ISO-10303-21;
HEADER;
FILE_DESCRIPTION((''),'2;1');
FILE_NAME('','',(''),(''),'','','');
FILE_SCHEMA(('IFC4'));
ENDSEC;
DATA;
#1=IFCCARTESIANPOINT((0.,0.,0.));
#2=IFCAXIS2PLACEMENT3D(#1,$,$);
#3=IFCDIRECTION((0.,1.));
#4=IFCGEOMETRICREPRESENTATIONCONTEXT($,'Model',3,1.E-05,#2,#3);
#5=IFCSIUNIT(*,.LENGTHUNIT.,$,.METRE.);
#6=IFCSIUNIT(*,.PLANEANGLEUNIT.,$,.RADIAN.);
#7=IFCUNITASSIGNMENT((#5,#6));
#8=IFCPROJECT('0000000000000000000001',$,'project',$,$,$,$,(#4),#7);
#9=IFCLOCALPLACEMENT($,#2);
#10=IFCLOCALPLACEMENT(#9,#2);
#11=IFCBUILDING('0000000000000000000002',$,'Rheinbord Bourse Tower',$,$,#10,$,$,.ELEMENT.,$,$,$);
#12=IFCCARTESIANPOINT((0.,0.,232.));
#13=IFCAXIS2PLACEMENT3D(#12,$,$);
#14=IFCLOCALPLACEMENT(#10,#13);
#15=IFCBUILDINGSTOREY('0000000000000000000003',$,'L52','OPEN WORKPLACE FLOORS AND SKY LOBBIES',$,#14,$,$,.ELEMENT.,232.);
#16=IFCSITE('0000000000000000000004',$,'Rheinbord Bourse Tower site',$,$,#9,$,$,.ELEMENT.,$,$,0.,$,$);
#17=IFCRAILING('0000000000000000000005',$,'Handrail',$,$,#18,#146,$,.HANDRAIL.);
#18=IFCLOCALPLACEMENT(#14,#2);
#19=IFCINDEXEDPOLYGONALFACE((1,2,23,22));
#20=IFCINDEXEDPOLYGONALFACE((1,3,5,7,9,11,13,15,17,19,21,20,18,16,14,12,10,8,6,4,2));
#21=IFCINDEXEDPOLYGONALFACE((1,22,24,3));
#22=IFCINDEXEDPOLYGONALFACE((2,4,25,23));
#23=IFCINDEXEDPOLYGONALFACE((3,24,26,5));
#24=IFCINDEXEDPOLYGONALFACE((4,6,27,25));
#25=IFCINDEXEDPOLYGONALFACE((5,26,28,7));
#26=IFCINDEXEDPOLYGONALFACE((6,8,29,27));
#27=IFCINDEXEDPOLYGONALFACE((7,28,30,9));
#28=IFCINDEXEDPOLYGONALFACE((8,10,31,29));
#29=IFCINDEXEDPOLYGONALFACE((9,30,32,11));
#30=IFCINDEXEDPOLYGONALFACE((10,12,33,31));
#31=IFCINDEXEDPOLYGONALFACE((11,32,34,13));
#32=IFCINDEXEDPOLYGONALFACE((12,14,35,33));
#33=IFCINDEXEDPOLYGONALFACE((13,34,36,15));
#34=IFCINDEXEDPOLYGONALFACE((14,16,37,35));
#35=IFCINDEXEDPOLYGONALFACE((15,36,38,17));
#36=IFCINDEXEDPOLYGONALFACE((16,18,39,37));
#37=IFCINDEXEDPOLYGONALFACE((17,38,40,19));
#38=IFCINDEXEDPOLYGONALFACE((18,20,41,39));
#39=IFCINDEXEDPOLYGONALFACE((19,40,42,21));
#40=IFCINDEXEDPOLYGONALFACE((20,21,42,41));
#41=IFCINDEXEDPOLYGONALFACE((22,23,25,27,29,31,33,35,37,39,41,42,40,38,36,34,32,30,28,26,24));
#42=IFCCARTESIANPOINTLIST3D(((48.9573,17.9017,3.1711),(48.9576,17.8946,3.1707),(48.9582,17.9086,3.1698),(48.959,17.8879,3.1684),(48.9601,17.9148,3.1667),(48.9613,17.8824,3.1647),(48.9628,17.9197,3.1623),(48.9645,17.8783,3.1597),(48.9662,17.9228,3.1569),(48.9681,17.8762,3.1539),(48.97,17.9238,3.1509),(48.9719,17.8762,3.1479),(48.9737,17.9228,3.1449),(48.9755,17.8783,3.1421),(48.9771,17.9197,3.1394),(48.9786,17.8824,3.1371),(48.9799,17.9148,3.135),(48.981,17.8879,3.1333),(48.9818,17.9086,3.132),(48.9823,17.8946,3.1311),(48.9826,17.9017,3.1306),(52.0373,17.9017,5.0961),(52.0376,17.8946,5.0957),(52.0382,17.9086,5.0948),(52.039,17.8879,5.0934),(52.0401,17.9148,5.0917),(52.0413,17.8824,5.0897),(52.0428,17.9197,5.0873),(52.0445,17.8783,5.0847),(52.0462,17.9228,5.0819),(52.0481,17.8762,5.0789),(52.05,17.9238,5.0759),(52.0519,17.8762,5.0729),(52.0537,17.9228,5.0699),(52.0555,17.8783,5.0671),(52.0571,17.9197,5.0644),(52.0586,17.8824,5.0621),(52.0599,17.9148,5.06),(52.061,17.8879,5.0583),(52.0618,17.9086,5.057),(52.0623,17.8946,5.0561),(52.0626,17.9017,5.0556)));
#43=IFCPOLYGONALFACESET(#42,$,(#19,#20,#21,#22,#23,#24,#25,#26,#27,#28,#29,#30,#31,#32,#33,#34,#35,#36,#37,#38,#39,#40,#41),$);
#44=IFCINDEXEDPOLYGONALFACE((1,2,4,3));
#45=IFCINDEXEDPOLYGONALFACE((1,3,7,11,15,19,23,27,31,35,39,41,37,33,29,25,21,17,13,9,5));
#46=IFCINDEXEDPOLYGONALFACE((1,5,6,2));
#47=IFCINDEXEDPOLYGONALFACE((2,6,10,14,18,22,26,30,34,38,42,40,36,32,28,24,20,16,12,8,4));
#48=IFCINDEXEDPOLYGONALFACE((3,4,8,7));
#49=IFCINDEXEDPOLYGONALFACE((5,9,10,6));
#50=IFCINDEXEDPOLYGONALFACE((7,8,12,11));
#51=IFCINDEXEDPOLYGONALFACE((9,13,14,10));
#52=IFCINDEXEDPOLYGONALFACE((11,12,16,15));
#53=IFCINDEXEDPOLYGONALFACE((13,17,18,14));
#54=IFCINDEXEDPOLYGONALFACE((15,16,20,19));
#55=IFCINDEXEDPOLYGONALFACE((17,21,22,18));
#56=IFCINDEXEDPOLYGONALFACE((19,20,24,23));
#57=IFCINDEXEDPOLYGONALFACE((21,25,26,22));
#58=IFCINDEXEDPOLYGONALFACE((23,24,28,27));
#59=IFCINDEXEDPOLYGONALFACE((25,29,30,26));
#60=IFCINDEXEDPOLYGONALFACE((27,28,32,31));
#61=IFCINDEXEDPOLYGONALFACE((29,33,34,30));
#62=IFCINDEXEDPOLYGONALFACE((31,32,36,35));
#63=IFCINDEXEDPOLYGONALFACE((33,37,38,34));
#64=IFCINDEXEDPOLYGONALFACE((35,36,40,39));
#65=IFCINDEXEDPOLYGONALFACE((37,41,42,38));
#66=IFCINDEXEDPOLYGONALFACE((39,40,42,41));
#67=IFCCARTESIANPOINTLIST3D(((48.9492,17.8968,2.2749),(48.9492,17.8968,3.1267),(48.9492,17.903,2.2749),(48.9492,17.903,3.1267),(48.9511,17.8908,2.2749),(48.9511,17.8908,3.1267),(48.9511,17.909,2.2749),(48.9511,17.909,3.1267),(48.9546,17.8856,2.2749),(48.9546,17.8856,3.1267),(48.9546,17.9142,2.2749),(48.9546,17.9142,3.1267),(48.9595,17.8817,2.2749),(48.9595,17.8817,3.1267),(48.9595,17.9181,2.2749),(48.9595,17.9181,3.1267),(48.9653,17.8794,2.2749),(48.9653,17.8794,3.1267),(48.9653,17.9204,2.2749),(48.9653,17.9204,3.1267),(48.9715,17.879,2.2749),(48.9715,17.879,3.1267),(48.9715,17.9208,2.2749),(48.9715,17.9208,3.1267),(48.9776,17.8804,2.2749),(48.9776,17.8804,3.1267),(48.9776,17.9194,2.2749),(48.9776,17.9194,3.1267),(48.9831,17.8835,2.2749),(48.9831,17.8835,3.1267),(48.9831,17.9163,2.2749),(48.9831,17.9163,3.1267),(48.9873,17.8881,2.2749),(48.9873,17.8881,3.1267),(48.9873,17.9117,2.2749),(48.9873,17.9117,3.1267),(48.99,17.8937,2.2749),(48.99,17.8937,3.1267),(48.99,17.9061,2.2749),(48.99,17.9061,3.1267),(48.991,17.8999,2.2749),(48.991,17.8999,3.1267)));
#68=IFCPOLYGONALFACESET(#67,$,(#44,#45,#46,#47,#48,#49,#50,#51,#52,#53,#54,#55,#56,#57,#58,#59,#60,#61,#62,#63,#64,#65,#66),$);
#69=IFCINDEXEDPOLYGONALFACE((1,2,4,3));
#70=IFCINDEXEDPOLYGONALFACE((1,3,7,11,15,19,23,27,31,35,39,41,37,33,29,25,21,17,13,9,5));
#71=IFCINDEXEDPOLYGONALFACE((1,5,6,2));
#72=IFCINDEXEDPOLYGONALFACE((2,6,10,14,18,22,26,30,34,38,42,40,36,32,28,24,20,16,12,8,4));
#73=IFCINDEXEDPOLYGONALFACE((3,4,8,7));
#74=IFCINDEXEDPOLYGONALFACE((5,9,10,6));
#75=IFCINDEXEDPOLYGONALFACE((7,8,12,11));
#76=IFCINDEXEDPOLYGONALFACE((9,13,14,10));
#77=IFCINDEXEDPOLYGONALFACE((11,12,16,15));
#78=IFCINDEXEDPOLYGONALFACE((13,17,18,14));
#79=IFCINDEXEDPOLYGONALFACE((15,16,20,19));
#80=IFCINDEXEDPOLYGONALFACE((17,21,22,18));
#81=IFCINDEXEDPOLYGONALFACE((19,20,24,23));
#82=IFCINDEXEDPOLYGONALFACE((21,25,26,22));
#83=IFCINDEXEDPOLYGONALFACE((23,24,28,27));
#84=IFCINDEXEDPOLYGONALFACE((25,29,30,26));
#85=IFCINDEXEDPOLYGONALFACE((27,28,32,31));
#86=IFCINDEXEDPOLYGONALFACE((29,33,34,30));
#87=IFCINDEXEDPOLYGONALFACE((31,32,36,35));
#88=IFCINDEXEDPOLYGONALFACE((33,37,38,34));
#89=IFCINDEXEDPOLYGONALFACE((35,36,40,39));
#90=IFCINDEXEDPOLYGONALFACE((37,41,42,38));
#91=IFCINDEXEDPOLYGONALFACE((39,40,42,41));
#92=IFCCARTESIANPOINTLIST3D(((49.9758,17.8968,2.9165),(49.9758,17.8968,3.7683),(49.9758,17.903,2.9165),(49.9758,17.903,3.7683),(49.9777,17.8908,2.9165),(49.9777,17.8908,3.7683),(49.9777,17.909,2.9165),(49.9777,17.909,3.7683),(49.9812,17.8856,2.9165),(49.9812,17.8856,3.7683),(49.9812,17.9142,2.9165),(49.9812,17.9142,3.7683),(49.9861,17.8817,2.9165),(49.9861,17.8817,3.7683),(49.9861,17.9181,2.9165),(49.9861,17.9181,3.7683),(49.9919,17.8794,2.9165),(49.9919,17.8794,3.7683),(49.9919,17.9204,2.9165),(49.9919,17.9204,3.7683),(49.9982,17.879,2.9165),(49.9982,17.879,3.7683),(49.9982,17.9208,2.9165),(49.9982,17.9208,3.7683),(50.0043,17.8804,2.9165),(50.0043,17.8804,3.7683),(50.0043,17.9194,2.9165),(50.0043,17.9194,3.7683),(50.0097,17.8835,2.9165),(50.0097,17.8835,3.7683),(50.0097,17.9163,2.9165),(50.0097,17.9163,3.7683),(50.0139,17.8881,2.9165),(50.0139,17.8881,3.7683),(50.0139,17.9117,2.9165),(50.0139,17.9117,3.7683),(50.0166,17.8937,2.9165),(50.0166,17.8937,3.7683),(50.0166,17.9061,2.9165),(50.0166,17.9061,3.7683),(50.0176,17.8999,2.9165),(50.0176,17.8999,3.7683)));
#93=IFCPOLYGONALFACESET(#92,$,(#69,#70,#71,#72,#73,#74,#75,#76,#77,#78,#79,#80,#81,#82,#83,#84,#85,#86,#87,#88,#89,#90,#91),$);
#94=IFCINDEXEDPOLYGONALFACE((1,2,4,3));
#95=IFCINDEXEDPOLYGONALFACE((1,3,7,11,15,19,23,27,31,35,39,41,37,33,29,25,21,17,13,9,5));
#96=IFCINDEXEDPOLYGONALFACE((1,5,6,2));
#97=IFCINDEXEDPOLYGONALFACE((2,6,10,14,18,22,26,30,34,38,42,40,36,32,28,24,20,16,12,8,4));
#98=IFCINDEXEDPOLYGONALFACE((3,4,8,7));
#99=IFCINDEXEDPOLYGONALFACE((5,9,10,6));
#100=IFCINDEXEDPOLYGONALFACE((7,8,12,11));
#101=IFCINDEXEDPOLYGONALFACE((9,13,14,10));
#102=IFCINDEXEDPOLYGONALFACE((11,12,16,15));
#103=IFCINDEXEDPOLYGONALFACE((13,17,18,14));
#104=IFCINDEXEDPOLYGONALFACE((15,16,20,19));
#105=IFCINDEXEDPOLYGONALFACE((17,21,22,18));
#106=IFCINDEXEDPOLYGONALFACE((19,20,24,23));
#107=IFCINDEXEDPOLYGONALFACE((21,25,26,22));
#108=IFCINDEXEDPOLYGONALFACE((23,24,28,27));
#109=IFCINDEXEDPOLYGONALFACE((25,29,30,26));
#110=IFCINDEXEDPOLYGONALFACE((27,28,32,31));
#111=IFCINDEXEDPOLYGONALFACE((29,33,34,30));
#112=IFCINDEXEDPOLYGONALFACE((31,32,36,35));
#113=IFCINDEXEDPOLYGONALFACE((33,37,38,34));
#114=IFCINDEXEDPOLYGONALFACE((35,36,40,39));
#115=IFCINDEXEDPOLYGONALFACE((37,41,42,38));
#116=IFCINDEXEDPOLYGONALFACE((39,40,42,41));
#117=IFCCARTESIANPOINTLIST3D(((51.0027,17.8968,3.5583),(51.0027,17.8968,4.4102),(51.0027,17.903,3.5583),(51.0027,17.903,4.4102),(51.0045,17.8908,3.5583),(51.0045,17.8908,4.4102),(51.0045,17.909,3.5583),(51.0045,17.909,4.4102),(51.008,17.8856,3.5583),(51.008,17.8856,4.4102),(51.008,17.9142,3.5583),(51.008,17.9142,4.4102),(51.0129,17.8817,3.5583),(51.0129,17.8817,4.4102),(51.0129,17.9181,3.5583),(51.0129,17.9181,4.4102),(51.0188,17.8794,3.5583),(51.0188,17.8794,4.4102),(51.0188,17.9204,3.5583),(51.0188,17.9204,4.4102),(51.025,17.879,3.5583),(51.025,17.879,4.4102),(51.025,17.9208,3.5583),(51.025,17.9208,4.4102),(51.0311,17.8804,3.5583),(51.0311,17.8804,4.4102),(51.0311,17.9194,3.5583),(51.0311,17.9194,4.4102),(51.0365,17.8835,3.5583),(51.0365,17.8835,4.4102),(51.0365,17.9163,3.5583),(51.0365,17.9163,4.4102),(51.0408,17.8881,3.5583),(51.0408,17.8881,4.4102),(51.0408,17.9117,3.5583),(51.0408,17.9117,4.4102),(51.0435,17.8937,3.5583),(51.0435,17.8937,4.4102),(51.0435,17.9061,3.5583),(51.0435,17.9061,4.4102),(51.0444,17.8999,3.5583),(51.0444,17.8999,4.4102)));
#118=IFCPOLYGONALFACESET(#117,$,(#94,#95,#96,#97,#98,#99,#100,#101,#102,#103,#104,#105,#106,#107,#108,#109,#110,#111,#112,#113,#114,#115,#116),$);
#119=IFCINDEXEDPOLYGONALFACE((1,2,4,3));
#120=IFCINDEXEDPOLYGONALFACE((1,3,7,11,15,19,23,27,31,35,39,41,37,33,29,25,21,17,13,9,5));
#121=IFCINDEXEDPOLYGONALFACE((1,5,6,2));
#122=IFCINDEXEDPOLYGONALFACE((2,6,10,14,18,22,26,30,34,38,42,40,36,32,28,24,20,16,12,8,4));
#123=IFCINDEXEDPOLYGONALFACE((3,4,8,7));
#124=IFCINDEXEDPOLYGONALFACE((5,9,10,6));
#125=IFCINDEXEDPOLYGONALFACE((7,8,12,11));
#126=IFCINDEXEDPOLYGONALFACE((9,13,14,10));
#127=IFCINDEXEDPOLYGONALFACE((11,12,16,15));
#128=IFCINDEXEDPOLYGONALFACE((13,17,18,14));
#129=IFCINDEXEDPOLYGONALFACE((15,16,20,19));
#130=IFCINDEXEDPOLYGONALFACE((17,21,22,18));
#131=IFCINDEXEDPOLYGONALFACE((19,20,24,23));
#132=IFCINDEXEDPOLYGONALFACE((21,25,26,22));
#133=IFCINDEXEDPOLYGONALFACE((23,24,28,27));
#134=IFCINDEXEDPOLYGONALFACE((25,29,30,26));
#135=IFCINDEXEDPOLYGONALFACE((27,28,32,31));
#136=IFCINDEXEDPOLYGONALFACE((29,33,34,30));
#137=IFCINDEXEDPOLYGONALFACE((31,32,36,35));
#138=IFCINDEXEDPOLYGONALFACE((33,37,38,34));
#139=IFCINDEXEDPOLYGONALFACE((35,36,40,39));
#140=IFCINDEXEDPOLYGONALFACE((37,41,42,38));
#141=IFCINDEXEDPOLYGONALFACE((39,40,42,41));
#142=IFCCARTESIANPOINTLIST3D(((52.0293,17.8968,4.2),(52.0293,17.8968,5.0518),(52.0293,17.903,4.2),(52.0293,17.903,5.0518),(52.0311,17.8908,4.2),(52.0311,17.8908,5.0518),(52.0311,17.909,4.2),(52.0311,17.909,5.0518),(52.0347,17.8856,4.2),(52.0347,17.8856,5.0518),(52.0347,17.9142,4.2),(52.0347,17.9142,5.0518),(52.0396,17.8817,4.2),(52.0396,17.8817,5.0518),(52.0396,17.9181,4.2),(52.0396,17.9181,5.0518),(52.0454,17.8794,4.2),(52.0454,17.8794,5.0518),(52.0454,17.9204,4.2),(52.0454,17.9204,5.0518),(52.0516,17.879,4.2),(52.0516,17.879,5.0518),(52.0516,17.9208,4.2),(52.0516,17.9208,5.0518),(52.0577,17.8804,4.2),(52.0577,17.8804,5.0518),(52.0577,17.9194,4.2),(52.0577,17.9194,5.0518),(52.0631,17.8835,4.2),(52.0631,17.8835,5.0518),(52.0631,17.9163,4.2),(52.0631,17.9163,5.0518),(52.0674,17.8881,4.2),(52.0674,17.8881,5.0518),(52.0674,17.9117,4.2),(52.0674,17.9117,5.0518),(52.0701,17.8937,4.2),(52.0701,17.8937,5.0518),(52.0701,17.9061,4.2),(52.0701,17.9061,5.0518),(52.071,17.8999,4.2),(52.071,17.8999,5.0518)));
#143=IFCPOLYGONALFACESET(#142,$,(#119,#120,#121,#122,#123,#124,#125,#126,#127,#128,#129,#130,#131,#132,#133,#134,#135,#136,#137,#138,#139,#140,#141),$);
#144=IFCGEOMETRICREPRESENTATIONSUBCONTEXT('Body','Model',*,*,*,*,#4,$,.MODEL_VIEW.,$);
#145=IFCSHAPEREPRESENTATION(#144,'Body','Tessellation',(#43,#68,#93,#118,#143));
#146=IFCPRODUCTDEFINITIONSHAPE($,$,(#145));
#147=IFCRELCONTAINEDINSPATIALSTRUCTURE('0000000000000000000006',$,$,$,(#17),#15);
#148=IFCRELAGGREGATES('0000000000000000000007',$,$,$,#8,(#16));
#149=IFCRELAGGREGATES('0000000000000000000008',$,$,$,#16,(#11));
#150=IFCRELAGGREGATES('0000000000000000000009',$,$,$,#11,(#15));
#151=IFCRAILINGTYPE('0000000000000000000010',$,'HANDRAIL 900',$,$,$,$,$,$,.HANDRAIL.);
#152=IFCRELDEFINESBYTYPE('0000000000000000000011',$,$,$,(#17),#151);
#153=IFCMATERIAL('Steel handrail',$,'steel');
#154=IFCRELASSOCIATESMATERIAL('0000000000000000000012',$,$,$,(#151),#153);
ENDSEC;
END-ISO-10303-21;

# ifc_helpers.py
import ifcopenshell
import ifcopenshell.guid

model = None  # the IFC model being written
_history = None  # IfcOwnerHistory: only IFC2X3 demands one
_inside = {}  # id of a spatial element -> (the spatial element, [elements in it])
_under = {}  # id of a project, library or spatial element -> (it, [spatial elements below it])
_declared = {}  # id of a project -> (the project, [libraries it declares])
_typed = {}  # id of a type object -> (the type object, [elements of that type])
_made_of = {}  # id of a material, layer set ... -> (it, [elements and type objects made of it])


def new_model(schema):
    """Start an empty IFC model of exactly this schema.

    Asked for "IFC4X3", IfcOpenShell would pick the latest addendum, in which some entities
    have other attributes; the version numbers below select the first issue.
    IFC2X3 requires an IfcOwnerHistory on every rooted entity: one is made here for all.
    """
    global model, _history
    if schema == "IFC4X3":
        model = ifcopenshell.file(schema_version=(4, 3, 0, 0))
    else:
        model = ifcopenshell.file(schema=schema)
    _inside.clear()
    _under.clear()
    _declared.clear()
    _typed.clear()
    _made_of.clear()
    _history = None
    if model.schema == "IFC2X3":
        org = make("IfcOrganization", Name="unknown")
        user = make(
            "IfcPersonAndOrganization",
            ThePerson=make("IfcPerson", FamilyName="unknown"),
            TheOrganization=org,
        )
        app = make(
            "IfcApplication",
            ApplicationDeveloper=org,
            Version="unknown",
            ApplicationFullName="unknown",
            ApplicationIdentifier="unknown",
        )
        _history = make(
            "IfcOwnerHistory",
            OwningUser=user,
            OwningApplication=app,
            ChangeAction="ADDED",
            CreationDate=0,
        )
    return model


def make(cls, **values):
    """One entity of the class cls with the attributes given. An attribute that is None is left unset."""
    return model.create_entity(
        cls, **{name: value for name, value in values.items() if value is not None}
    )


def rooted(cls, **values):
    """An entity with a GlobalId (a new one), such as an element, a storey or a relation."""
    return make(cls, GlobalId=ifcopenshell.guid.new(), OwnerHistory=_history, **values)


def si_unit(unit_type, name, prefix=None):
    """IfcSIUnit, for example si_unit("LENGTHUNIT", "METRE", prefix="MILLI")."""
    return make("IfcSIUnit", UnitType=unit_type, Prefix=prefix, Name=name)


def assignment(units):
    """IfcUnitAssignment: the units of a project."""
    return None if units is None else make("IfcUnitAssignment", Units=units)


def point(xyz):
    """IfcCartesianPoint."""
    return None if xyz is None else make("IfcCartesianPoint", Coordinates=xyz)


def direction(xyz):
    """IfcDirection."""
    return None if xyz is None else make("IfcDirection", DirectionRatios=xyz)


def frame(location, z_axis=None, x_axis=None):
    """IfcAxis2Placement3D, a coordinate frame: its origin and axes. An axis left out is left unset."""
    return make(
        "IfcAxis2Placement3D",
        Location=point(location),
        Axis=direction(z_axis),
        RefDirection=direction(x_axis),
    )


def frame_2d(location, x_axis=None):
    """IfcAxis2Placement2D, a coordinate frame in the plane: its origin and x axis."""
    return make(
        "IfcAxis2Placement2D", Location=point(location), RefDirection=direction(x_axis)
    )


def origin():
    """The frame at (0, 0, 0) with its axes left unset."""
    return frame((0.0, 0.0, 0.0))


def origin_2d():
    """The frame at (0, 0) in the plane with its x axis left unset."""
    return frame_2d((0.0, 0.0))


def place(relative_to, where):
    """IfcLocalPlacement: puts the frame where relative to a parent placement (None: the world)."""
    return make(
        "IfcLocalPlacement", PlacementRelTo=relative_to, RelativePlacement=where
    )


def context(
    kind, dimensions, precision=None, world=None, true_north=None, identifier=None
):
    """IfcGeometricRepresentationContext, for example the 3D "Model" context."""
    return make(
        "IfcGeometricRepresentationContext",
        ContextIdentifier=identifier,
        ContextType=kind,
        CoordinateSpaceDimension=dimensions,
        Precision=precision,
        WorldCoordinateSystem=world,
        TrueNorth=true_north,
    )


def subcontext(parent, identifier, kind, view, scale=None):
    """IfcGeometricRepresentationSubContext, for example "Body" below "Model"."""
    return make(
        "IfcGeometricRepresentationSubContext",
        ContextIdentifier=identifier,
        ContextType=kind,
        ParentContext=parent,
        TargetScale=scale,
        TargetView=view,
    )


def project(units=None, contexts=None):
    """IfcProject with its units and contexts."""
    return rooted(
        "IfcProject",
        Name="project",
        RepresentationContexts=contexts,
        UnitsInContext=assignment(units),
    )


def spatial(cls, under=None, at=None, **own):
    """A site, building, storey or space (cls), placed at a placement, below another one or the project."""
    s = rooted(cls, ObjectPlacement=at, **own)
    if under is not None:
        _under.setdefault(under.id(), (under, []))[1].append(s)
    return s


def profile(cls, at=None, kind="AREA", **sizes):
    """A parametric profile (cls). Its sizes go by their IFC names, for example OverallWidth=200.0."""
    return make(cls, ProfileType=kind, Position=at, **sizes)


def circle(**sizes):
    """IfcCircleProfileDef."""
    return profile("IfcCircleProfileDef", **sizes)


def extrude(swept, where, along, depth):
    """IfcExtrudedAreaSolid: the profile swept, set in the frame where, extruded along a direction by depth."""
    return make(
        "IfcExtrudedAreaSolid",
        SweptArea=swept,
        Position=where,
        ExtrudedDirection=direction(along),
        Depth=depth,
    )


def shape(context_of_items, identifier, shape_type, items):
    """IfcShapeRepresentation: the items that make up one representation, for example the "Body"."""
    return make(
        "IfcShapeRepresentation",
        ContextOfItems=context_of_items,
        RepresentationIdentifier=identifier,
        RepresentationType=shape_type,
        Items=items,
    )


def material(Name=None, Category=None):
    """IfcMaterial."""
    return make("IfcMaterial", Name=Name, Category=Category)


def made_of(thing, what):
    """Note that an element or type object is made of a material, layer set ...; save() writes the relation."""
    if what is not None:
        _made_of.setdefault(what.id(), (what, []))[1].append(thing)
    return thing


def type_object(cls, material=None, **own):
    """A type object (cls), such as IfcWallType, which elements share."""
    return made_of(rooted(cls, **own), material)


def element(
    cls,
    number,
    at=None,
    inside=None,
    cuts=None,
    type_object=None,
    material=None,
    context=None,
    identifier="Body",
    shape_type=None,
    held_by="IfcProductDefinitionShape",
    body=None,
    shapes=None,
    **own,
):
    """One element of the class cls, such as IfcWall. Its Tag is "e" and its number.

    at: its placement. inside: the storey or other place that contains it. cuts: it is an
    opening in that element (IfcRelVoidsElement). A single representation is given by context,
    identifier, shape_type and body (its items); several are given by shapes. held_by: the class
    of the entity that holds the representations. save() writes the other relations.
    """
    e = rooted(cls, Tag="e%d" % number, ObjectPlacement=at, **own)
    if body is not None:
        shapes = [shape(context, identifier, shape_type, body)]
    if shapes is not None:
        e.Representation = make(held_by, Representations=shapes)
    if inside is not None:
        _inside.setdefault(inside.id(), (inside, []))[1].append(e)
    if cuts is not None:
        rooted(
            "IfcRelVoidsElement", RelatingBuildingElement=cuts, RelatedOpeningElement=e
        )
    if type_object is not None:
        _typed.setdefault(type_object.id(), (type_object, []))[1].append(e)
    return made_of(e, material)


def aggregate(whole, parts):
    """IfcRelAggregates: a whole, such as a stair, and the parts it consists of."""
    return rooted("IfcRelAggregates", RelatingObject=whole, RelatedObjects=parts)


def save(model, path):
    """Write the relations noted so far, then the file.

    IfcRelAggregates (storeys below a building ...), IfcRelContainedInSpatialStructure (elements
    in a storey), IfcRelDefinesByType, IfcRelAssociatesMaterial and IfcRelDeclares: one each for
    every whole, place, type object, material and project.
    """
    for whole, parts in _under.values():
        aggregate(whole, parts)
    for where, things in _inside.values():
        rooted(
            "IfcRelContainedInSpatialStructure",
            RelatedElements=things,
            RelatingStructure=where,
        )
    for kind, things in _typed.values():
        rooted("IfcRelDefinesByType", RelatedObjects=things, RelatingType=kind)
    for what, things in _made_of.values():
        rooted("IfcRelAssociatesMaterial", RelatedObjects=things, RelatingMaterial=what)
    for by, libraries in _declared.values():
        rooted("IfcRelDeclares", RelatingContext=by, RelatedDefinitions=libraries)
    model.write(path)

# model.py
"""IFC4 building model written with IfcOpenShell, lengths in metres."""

from ifc_helpers import new_model, si_unit, direction, frame, origin, origin_2d, place, context, subcontext, project, spatial, circle, extrude, material, type_object, element, save


model = new_model("IFC4")

# Units and contexts
model_context = context("Model", 3, precision=1e-05, world=origin(), true_north=direction((0.0, 1.0)))
body_context = subcontext(model_context, "Body", "Model", "MODEL_VIEW")
ifc_project = project(units=[si_unit("LENGTHUNIT", "METRE"), si_unit("PLANEANGLEUNIT", "RADIAN")], contexts=[model_context])

# Site, building, storey
site_placement = place(None, origin())
site = spatial("IfcSite", under=ifc_project, at=site_placement, Name="Rheinbord Bourse Tower site", CompositionType="ELEMENT", RefElevation=0.0)
building_placement = place(site_placement, origin())
building = spatial("IfcBuilding", under=site, at=building_placement, Name="Rheinbord Bourse Tower", CompositionType="ELEMENT")
storey_placement = place(building_placement, frame((0.0, 0.0, 232.0)))
storey = spatial("IfcBuildingStorey", under=building, at=storey_placement, Name="L52", Description="OPEN WORKPLACE FLOORS AND SKY LOBBIES", CompositionType="ELEMENT", Elevation=232.0)

# Railing
ifc_material_1 = material(Name="Steel handrail", Category="steel")
railing_type = type_object("IfcRailingType", Name="HANDRAIL 900", PredefinedType="HANDRAIL", material=ifc_material_1)
railing_1_placement = place(storey_placement, frame((48.97, 17.8999, 2.2749)))
element("IfcRailing", 1, at=railing_1_placement, inside=storey, type_object=railing_type, Name="Handrail", PredefinedType="HANDRAIL", context=body_context, shape_type="SweptSolid", body=[
    extrude(circle(Radius=0.0239, at=origin_2d()), frame((0.0, 0.0, 0.876), z_axis=(0.847998, 0.0, 0.529999), x_axis=(0.0, 1.0, 0.0)), (0.0, 0.0, 1.0), 3.6321),
    extrude(circle(Radius=0.021, at=origin_2d()), origin(), (0.0, 0.0, 1.0), 0.8518),
    extrude(circle(Radius=0.021, at=origin_2d()), frame((1.0266, 0.0, 0.6416)), (0.0, 0.0, 1.0), 0.8518),
    extrude(circle(Radius=0.021, at=origin_2d()), frame((2.0535, 0.0, 1.2834)), (0.0, 0.0, 1.0), 0.8518),
    extrude(circle(Radius=0.021, at=origin_2d()), frame((3.0801, 0.0, 1.925)), (0.0, 0.0, 1.0), 0.8518),
])

save(model, "model.ifc")
